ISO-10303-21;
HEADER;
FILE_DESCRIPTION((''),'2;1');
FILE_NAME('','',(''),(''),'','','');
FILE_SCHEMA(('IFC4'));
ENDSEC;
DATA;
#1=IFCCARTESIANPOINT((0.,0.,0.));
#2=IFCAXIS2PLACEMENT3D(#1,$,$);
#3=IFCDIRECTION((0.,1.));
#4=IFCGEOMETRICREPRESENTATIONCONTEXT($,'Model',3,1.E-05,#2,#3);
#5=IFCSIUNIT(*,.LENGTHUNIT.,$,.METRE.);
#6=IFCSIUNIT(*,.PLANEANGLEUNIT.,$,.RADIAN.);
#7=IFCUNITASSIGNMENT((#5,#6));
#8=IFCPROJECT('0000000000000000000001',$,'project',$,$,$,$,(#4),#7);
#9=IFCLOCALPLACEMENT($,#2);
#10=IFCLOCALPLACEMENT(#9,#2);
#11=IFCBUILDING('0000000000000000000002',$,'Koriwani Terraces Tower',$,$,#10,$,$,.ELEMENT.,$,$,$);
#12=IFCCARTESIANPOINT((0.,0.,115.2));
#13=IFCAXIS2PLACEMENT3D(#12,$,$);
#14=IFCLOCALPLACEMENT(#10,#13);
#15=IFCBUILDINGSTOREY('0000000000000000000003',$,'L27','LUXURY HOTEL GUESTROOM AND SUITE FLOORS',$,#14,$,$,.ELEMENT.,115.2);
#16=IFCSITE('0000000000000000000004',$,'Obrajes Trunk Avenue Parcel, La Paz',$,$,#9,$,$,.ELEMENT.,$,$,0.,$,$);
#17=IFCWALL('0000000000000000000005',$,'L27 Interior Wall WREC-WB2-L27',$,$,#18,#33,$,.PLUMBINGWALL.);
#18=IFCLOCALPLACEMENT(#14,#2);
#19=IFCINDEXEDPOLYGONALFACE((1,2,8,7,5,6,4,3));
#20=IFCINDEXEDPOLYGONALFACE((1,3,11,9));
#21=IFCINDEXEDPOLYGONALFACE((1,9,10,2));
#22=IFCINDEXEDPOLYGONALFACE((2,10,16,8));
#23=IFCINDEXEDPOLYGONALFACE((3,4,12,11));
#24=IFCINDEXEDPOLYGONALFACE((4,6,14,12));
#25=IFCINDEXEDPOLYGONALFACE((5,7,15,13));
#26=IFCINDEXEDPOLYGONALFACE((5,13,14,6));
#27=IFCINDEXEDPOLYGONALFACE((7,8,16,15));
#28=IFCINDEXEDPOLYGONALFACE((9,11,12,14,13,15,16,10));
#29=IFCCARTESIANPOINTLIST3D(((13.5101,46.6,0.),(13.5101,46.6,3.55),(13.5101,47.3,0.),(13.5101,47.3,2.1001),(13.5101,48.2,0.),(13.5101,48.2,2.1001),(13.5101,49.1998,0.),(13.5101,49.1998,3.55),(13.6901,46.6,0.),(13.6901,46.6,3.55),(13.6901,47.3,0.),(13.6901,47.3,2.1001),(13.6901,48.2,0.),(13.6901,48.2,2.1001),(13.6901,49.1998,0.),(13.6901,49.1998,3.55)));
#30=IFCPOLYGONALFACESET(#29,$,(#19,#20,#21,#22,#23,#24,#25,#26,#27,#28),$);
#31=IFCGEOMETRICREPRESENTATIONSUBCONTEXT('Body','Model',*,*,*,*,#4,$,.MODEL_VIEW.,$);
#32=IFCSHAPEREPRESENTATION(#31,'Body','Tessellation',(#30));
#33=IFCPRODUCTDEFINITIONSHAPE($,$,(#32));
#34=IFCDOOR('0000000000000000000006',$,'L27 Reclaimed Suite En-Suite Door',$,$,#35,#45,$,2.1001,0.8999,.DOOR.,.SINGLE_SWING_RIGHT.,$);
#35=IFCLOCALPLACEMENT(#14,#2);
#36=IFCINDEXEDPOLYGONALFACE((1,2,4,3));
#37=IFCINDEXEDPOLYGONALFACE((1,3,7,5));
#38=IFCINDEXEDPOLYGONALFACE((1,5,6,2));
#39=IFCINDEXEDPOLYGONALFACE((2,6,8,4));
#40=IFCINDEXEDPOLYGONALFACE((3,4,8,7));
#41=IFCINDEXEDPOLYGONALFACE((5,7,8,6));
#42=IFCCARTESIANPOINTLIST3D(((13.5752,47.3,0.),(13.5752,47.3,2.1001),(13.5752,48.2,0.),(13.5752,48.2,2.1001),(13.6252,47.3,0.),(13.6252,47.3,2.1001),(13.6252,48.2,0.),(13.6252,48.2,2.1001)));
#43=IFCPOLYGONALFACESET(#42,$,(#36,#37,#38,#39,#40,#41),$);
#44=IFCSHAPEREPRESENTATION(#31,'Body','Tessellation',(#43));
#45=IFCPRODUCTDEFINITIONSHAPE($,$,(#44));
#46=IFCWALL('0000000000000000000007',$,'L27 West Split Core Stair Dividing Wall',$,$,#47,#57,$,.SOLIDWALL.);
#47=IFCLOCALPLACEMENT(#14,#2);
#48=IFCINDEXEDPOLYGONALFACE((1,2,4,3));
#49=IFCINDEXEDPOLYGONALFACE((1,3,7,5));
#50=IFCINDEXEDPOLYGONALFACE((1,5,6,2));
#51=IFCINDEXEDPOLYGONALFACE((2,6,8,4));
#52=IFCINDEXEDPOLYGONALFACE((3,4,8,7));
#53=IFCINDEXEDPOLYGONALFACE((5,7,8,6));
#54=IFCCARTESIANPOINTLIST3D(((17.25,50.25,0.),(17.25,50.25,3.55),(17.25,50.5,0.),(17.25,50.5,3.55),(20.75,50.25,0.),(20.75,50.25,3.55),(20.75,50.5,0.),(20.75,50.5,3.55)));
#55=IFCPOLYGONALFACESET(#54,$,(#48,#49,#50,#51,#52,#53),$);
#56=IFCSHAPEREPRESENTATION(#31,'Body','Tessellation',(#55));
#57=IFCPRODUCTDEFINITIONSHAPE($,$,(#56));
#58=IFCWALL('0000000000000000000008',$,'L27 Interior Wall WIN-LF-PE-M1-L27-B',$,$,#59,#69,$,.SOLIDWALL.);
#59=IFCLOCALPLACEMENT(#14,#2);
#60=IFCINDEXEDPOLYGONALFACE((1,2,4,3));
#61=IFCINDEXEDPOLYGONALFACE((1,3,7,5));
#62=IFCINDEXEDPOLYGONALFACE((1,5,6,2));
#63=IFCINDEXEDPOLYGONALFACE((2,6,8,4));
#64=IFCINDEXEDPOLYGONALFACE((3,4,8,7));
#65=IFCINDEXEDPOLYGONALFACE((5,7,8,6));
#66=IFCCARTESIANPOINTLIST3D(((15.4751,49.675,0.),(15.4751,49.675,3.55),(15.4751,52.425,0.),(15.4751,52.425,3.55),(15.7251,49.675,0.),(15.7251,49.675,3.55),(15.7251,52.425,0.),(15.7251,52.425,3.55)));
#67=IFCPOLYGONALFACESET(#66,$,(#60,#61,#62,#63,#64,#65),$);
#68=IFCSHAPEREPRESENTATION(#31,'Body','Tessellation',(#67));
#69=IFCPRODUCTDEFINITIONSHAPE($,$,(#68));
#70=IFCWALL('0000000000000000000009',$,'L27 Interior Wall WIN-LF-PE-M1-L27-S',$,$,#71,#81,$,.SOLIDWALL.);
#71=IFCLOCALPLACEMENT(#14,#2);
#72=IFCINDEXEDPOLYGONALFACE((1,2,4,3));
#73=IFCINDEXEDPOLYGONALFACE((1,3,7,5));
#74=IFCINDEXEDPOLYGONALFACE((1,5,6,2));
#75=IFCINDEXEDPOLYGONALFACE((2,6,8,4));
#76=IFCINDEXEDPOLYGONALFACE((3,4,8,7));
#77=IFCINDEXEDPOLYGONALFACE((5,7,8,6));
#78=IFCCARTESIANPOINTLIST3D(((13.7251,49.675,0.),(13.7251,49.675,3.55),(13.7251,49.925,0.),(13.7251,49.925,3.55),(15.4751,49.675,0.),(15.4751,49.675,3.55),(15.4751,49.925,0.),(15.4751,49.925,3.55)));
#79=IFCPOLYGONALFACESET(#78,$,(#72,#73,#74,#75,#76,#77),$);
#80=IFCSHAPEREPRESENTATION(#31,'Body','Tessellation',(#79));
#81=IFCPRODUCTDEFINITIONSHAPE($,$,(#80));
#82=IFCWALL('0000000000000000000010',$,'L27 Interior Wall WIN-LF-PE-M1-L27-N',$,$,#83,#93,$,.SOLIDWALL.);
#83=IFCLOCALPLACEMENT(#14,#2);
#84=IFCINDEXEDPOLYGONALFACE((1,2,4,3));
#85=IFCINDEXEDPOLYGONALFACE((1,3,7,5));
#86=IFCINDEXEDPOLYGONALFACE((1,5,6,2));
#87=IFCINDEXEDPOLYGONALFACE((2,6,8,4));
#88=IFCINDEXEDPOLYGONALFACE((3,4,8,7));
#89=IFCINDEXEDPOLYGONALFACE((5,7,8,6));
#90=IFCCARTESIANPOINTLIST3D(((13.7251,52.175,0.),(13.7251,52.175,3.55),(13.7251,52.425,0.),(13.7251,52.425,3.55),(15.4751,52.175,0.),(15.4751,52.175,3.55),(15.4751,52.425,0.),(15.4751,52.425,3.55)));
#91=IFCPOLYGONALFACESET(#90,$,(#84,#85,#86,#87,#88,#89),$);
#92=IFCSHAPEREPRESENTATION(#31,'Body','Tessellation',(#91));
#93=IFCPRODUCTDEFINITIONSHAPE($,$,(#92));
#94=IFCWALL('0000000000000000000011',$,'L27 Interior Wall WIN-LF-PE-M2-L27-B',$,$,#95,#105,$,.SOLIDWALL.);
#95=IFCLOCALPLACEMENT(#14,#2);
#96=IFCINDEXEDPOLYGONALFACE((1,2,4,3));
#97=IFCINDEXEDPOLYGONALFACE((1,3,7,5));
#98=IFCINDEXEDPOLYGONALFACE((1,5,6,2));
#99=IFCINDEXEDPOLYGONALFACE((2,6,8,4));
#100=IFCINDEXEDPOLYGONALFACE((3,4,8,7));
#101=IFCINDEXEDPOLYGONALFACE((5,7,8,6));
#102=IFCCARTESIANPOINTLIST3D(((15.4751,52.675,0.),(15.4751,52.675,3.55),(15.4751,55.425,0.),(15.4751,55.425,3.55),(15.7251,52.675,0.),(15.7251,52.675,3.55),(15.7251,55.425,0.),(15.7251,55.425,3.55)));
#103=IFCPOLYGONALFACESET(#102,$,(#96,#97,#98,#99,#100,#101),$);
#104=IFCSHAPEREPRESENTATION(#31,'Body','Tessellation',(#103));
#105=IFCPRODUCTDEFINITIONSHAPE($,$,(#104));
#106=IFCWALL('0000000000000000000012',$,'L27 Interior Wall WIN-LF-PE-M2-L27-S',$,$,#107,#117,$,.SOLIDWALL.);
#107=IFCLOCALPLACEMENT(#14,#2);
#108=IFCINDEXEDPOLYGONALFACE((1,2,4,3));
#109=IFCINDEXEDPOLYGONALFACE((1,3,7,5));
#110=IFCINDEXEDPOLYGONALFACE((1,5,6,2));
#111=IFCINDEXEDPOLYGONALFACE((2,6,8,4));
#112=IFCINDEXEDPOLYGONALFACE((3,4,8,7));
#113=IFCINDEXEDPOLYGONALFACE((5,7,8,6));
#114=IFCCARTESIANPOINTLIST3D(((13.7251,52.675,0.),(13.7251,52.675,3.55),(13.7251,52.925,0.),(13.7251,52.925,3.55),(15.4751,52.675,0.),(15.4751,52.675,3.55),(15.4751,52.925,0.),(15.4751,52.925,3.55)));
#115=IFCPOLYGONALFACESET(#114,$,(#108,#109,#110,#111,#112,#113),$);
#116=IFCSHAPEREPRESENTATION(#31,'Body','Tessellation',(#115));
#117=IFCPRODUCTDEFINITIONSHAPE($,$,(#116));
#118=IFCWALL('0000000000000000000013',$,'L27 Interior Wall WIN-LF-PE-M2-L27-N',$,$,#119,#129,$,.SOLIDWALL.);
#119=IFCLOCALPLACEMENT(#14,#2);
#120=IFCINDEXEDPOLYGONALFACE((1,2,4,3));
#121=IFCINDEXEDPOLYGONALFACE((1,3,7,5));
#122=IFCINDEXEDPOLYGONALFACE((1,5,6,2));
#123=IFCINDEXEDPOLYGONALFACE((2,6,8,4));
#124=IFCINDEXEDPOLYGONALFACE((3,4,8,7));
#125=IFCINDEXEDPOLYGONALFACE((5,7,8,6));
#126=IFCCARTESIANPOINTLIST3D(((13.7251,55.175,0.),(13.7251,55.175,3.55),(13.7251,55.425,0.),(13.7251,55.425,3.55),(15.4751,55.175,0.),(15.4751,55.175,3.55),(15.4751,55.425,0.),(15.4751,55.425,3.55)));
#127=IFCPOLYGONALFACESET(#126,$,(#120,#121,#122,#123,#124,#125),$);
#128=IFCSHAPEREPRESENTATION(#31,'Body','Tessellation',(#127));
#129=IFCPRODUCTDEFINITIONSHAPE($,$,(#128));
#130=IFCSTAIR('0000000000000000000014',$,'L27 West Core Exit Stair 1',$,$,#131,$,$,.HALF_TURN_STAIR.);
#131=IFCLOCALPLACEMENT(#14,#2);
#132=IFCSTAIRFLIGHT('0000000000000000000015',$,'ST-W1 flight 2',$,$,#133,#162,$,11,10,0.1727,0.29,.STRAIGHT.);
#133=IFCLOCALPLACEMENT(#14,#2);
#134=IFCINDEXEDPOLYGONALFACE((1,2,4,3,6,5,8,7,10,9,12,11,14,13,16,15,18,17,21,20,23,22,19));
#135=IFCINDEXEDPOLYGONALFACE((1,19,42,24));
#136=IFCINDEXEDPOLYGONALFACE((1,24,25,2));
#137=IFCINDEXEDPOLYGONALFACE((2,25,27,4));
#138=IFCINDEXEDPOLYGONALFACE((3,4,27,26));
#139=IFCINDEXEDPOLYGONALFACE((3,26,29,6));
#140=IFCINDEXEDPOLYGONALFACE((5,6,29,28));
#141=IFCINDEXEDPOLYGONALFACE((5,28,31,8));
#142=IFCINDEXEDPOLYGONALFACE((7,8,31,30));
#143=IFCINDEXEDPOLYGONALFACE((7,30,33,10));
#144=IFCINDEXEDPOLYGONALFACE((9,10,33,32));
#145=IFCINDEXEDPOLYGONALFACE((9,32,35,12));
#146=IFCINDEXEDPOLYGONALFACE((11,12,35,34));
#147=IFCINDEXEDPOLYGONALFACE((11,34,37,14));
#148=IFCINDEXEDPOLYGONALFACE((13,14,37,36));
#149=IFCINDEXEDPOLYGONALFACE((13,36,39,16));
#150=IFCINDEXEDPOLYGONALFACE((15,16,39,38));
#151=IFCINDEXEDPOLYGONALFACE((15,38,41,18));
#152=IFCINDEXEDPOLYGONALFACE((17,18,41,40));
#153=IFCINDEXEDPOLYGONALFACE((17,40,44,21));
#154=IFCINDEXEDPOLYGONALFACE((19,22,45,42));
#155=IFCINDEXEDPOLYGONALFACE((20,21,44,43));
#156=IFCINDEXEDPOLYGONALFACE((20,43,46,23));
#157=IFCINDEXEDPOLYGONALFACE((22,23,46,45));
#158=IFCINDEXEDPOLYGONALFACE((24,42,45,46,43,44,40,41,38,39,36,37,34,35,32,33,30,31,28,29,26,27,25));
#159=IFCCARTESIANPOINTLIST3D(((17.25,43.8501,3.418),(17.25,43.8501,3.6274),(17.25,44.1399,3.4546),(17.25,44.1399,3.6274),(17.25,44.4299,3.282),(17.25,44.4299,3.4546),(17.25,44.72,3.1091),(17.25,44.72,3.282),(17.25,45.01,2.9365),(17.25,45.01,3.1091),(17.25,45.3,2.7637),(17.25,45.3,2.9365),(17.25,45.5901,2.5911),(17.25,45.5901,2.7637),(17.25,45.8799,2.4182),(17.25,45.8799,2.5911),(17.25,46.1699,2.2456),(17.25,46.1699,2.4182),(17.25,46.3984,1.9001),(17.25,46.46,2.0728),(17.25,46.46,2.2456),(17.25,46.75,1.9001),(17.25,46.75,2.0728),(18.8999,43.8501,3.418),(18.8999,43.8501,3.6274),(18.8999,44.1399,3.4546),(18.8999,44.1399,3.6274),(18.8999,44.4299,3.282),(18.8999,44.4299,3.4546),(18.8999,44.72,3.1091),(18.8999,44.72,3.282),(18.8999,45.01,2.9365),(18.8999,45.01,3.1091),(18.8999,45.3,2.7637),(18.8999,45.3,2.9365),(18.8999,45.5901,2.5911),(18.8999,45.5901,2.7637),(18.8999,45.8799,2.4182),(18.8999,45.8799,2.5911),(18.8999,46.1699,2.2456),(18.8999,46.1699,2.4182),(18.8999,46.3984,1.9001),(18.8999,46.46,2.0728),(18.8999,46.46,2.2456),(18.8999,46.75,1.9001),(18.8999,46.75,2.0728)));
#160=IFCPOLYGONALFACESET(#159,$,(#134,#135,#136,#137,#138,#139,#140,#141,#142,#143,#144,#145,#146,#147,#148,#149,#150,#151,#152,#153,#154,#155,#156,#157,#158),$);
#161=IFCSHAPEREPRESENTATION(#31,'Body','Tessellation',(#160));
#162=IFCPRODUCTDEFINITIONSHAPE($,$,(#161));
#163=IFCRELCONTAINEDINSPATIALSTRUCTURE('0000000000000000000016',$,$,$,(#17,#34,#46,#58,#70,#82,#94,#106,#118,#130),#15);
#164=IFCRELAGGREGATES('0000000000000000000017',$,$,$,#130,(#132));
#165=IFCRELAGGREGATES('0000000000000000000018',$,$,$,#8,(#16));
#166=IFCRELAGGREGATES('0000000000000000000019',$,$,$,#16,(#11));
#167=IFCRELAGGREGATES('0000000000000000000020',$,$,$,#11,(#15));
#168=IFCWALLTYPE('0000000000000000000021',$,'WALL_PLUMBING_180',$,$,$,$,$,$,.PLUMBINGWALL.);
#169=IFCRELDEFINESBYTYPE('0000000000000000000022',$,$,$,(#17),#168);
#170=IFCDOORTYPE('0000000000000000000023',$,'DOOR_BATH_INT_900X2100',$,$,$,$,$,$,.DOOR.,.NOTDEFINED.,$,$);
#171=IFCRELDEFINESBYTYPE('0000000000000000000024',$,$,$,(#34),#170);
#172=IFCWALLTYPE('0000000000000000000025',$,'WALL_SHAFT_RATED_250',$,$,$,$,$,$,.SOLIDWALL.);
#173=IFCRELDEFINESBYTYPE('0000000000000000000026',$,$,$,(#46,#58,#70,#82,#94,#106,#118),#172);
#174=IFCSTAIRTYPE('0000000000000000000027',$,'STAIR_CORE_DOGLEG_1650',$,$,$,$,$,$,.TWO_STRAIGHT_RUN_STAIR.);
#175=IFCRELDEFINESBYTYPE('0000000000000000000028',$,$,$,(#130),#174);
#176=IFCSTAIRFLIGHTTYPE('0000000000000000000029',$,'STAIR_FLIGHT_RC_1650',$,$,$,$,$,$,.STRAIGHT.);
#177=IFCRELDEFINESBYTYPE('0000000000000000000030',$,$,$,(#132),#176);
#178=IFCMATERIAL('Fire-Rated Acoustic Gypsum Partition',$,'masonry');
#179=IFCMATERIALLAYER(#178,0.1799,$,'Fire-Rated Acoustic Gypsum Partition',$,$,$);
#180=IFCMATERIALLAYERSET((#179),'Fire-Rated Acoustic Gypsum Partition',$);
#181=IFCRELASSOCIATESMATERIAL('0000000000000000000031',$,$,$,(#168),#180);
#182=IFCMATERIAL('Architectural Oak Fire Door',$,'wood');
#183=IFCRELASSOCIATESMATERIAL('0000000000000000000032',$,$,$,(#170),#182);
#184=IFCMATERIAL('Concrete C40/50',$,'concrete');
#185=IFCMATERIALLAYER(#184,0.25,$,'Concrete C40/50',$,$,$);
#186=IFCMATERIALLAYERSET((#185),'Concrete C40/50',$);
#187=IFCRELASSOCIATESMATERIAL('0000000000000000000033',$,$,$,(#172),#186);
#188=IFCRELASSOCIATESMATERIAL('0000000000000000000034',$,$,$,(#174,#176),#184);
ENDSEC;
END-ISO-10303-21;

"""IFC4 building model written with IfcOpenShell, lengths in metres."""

from ifc_helpers import new_model, si_unit, direction, frame, frame_2d, origin, place, context, subcontext, project, spatial, polyline, rectangle, outline, extrude, material, layer, layer_set, type_object, element, fill, aggregate, save


model = new_model("IFC4")

# Units and contexts
model_context = context("Model", 3, precision=1e-05, world=origin(), true_north=direction((0.0, 1.0)))
body_context = subcontext(model_context, "Body", "Model", "MODEL_VIEW")
ifc_project = project(units=[si_unit("LENGTHUNIT", "METRE"), si_unit("PLANEANGLEUNIT", "RADIAN")], contexts=[model_context])

# Site, building, storey
site_placement = place(None, origin())
site = spatial("IfcSite", under=ifc_project, at=site_placement, Name="Obrajes Trunk Avenue Parcel, La Paz", CompositionType="ELEMENT", RefElevation=0.0)
building_placement = place(site_placement, origin())
building = spatial("IfcBuilding", under=site, at=building_placement, Name="Koriwani Terraces Tower", CompositionType="ELEMENT")
storey_placement = place(building_placement, frame((0.0, 0.0, 115.2)))
storey = spatial("IfcBuildingStorey", under=building, at=storey_placement, Name="L27", Description="LUXURY HOTEL GUESTROOM AND SUITE FLOORS", CompositionType="ELEMENT", Elevation=115.2)

# Shared definitions
ifc_material_1 = material(Name="Concrete C40/50", Category="concrete")

# Shared definitions
ifc_material_2 = material(Name="Fire-Rated Acoustic Gypsum Partition", Category="masonry")
ifc_layer_1 = layer(ifc_material_2, 0.1799, Name="Fire-Rated Acoustic Gypsum Partition")
ifc_layer_set_1 = layer_set([ifc_layer_1], Name="Fire-Rated Acoustic Gypsum Partition")
wall_type_1 = type_object("IfcWallType", Name="WALL_PLUMBING_180", PredefinedType="PLUMBINGWALL", material=ifc_layer_set_1)

# Wall, opening, door
wall_1_placement = place(storey_placement, frame((13.6001, 46.6001, 0.0), z_axis=(0.0, 0.0, 1.0), x_axis=(0.0, 1.0, 0.0)))
wall_1 = element("IfcWall", 1, at=wall_1_placement, inside=storey, type_object=wall_type_1, Name="L27 Interior Wall WREC-WB2-L27", PredefinedType="PLUMBINGWALL", context=body_context, shape_type="SweptSolid", body=[
    extrude(rectangle(XDim=2.5999, YDim=0.1799, at=frame_2d((1.2998, 0.0))), origin(), (0.0, 0.0, 1.0), 3.55),
])
opening_1_placement = place(wall_1_placement, frame((0.7, 0.0, 0.0)))
opening_1 = element("IfcOpeningElement", 2, at=opening_1_placement, cuts=wall_1, PredefinedType="OPENING", context=body_context, shape_type="SweptSolid", body=[
    extrude(rectangle(XDim=0.8999, YDim=2.1001, at=frame_2d((0.45, 1.05))), frame((0.0, 0.1001, 0.0), z_axis=(0.0, -1.0, 0.0), x_axis=(1.0, 0.0, 0.0)), (0.0, 0.0, 1.0), 0.2),
])
ifc_material_3 = material(Name="Architectural Oak Fire Door", Category="wood")
door_type_1 = type_object("IfcDoorType", Name="DOOR_BATH_INT_900X2100", OperationType="NOTDEFINED", PredefinedType="DOOR", material=ifc_material_3)
door_1_placement = place(opening_1_placement, origin())
door_1 = element("IfcDoor", 3, at=door_1_placement, inside=storey, type_object=door_type_1, Name="L27 Reclaimed Suite En-Suite Door", OperationType="SINGLE_SWING_RIGHT", OverallHeight=2.1001, OverallWidth=0.8999, PredefinedType="DOOR", context=body_context, shape_type="SweptSolid", body=[
    extrude(rectangle(XDim=0.8999, YDim=2.1001, at=frame_2d((0.45, 1.05))), frame((0.0, 0.0249, 0.0), z_axis=(0.0, -1.0, 0.0), x_axis=(1.0, 0.0, 0.0)), (0.0, 0.0, 1.0), 0.05),
])
fill(opening_1, door_1)

# Wall
ifc_layer_2 = layer(ifc_material_1, 0.25, Name="Concrete C40/50")
ifc_layer_set_2 = layer_set([ifc_layer_2], Name="Concrete C40/50")
wall_type_2 = type_object("IfcWallType", Name="WALL_SHAFT_RATED_250", PredefinedType="SOLIDWALL", material=ifc_layer_set_2)
wall_2_placement = place(storey_placement, frame((17.25, 50.375, 0.0), z_axis=(0.0, 0.0, 1.0), x_axis=(1.0, 0.0, 0.0)))
element("IfcWall", 4, at=wall_2_placement, inside=storey, type_object=wall_type_2, Name="L27 West Split Core Stair Dividing Wall", PredefinedType="SOLIDWALL", context=body_context, shape_type="SweptSolid", body=[
    extrude(rectangle(XDim=3.5, YDim=0.25, at=frame_2d((1.75, 0.0))), origin(), (0.0, 0.0, 1.0), 3.55),
])

# Walls
wall_3_placement = place(storey_placement, frame((15.6001, 49.675, 0.0), z_axis=(0.0, 0.0, 1.0), x_axis=(0.0, 1.0, 0.0)))
element("IfcWall", 5, at=wall_3_placement, inside=storey, type_object=wall_type_2, Name="L27 Interior Wall WIN-LF-PE-M1-L27-B", PredefinedType="SOLIDWALL", context=body_context, shape_type="SweptSolid", body=[
    extrude(rectangle(XDim=2.75, YDim=0.25, at=frame_2d((1.375, 0.0))), origin(), (0.0, 0.0, 1.0), 3.55),
])
for number, where, z_axis, x_axis, name in (
    (6, (13.7251, 49.8, 0.0), (0.0, 0.0, 1.0), (1.0, 0.0, 0.0), "L27 Interior Wall WIN-LF-PE-M1-L27-S"),
    (7, (13.7251, 52.3, 0.0), (0.0, 0.0, 1.0), (1.0, 0.0, 0.0), "L27 Interior Wall WIN-LF-PE-M1-L27-N"),
):
    element("IfcWall", number, at=place(storey_placement, frame(where, z_axis=z_axis, x_axis=x_axis)), inside=storey, type_object=wall_type_2, Name=name, PredefinedType="SOLIDWALL", context=body_context, shape_type="SweptSolid", body=[
        extrude(rectangle(XDim=1.75, YDim=0.25, at=frame_2d((0.875, 0.0))), origin(), (0.0, 0.0, 1.0), 3.55),
    ])

# Walls
wall_4_placement = place(storey_placement, frame((15.6001, 52.675, 0.0), z_axis=(0.0, 0.0, 1.0), x_axis=(0.0, 1.0, 0.0)))
element("IfcWall", 8, at=wall_4_placement, inside=storey, type_object=wall_type_2, Name="L27 Interior Wall WIN-LF-PE-M2-L27-B", PredefinedType="SOLIDWALL", context=body_context, shape_type="SweptSolid", body=[
    extrude(rectangle(XDim=2.75, YDim=0.25, at=frame_2d((1.375, 0.0))), origin(), (0.0, 0.0, 1.0), 3.55),
])
for number, where, z_axis, x_axis, name in (
    (9, (13.7251, 52.8, 0.0), (0.0, 0.0, 1.0), (1.0, 0.0, 0.0), "L27 Interior Wall WIN-LF-PE-M2-L27-S"),
    (10, (13.7251, 55.3, 0.0), (0.0, 0.0, 1.0), (1.0, 0.0, 0.0), "L27 Interior Wall WIN-LF-PE-M2-L27-N"),
):
    element("IfcWall", number, at=place(storey_placement, frame(where, z_axis=z_axis, x_axis=x_axis)), inside=storey, type_object=wall_type_2, Name=name, PredefinedType="SOLIDWALL", context=body_context, shape_type="SweptSolid", body=[
        extrude(rectangle(XDim=1.75, YDim=0.25, at=frame_2d((0.875, 0.0))), origin(), (0.0, 0.0, 1.0), 3.55),
    ])

# Stair, stair flight
stair_type = type_object("IfcStairType", Name="STAIR_CORE_DOGLEG_1650", PredefinedType="TWO_STRAIGHT_RUN_STAIR", material=ifc_material_1)
stair_placement = place(storey_placement, origin())
stair = element("IfcStair", 11, at=stair_placement, inside=storey, type_object=stair_type, Name="L27 West Core Exit Stair 1", PredefinedType="HALF_TURN_STAIR")
stair_flight_type = type_object("IfcStairFlightType", Name="STAIR_FLIGHT_RC_1650", PredefinedType="STRAIGHT", material=ifc_material_1)
stair_flight_placement = place(storey_placement, frame((18.075, 46.75, 1.9001), z_axis=(0.0, 0.0, 1.0), x_axis=(0.0, -1.0, 0.0)))
stair_flight = element("IfcStairFlight", 12, at=stair_flight_placement, type_object=stair_flight_type, Name="ST-W1 flight 2", NumberOfRisers=11, NumberOfTreads=10, PredefinedType="STRAIGHT", RiserHeight=0.1727, TreadLength=0.29, context=body_context, shape_type="SweptSolid", body=[
    extrude(outline(polyline([(0.0, 0.0), (0.0, 0.1726), (0.29, 0.1726), (0.29, 0.3455), (0.5801, 0.3455), (0.5801, 0.5181), (0.8701, 0.5181), (0.8701, 0.6909), (1.1599, 0.6909), (1.1599, 0.8635), (1.45, 0.8635), (1.45, 1.0364), (1.74, 1.0364), (1.74, 1.209), (2.03, 1.209), (2.03, 1.3818), (2.3201, 1.3818), (2.3201, 1.5544), (2.6101, 1.5544), (2.6101, 1.7273), (2.8999, 1.7273), (2.8999, 1.8999), (2.8999, 1.5178), (0.3516, 0.0), (0.0, 0.0)])), frame((0.0, 0.825, 0.0), z_axis=(0.0, -1.0, 0.0), x_axis=(1.0, 0.0, 0.0)), (0.0, 0.0, 1.0), 1.6499),
])
aggregate(stair, [stair_flight])

save(model, "model.ifc")
